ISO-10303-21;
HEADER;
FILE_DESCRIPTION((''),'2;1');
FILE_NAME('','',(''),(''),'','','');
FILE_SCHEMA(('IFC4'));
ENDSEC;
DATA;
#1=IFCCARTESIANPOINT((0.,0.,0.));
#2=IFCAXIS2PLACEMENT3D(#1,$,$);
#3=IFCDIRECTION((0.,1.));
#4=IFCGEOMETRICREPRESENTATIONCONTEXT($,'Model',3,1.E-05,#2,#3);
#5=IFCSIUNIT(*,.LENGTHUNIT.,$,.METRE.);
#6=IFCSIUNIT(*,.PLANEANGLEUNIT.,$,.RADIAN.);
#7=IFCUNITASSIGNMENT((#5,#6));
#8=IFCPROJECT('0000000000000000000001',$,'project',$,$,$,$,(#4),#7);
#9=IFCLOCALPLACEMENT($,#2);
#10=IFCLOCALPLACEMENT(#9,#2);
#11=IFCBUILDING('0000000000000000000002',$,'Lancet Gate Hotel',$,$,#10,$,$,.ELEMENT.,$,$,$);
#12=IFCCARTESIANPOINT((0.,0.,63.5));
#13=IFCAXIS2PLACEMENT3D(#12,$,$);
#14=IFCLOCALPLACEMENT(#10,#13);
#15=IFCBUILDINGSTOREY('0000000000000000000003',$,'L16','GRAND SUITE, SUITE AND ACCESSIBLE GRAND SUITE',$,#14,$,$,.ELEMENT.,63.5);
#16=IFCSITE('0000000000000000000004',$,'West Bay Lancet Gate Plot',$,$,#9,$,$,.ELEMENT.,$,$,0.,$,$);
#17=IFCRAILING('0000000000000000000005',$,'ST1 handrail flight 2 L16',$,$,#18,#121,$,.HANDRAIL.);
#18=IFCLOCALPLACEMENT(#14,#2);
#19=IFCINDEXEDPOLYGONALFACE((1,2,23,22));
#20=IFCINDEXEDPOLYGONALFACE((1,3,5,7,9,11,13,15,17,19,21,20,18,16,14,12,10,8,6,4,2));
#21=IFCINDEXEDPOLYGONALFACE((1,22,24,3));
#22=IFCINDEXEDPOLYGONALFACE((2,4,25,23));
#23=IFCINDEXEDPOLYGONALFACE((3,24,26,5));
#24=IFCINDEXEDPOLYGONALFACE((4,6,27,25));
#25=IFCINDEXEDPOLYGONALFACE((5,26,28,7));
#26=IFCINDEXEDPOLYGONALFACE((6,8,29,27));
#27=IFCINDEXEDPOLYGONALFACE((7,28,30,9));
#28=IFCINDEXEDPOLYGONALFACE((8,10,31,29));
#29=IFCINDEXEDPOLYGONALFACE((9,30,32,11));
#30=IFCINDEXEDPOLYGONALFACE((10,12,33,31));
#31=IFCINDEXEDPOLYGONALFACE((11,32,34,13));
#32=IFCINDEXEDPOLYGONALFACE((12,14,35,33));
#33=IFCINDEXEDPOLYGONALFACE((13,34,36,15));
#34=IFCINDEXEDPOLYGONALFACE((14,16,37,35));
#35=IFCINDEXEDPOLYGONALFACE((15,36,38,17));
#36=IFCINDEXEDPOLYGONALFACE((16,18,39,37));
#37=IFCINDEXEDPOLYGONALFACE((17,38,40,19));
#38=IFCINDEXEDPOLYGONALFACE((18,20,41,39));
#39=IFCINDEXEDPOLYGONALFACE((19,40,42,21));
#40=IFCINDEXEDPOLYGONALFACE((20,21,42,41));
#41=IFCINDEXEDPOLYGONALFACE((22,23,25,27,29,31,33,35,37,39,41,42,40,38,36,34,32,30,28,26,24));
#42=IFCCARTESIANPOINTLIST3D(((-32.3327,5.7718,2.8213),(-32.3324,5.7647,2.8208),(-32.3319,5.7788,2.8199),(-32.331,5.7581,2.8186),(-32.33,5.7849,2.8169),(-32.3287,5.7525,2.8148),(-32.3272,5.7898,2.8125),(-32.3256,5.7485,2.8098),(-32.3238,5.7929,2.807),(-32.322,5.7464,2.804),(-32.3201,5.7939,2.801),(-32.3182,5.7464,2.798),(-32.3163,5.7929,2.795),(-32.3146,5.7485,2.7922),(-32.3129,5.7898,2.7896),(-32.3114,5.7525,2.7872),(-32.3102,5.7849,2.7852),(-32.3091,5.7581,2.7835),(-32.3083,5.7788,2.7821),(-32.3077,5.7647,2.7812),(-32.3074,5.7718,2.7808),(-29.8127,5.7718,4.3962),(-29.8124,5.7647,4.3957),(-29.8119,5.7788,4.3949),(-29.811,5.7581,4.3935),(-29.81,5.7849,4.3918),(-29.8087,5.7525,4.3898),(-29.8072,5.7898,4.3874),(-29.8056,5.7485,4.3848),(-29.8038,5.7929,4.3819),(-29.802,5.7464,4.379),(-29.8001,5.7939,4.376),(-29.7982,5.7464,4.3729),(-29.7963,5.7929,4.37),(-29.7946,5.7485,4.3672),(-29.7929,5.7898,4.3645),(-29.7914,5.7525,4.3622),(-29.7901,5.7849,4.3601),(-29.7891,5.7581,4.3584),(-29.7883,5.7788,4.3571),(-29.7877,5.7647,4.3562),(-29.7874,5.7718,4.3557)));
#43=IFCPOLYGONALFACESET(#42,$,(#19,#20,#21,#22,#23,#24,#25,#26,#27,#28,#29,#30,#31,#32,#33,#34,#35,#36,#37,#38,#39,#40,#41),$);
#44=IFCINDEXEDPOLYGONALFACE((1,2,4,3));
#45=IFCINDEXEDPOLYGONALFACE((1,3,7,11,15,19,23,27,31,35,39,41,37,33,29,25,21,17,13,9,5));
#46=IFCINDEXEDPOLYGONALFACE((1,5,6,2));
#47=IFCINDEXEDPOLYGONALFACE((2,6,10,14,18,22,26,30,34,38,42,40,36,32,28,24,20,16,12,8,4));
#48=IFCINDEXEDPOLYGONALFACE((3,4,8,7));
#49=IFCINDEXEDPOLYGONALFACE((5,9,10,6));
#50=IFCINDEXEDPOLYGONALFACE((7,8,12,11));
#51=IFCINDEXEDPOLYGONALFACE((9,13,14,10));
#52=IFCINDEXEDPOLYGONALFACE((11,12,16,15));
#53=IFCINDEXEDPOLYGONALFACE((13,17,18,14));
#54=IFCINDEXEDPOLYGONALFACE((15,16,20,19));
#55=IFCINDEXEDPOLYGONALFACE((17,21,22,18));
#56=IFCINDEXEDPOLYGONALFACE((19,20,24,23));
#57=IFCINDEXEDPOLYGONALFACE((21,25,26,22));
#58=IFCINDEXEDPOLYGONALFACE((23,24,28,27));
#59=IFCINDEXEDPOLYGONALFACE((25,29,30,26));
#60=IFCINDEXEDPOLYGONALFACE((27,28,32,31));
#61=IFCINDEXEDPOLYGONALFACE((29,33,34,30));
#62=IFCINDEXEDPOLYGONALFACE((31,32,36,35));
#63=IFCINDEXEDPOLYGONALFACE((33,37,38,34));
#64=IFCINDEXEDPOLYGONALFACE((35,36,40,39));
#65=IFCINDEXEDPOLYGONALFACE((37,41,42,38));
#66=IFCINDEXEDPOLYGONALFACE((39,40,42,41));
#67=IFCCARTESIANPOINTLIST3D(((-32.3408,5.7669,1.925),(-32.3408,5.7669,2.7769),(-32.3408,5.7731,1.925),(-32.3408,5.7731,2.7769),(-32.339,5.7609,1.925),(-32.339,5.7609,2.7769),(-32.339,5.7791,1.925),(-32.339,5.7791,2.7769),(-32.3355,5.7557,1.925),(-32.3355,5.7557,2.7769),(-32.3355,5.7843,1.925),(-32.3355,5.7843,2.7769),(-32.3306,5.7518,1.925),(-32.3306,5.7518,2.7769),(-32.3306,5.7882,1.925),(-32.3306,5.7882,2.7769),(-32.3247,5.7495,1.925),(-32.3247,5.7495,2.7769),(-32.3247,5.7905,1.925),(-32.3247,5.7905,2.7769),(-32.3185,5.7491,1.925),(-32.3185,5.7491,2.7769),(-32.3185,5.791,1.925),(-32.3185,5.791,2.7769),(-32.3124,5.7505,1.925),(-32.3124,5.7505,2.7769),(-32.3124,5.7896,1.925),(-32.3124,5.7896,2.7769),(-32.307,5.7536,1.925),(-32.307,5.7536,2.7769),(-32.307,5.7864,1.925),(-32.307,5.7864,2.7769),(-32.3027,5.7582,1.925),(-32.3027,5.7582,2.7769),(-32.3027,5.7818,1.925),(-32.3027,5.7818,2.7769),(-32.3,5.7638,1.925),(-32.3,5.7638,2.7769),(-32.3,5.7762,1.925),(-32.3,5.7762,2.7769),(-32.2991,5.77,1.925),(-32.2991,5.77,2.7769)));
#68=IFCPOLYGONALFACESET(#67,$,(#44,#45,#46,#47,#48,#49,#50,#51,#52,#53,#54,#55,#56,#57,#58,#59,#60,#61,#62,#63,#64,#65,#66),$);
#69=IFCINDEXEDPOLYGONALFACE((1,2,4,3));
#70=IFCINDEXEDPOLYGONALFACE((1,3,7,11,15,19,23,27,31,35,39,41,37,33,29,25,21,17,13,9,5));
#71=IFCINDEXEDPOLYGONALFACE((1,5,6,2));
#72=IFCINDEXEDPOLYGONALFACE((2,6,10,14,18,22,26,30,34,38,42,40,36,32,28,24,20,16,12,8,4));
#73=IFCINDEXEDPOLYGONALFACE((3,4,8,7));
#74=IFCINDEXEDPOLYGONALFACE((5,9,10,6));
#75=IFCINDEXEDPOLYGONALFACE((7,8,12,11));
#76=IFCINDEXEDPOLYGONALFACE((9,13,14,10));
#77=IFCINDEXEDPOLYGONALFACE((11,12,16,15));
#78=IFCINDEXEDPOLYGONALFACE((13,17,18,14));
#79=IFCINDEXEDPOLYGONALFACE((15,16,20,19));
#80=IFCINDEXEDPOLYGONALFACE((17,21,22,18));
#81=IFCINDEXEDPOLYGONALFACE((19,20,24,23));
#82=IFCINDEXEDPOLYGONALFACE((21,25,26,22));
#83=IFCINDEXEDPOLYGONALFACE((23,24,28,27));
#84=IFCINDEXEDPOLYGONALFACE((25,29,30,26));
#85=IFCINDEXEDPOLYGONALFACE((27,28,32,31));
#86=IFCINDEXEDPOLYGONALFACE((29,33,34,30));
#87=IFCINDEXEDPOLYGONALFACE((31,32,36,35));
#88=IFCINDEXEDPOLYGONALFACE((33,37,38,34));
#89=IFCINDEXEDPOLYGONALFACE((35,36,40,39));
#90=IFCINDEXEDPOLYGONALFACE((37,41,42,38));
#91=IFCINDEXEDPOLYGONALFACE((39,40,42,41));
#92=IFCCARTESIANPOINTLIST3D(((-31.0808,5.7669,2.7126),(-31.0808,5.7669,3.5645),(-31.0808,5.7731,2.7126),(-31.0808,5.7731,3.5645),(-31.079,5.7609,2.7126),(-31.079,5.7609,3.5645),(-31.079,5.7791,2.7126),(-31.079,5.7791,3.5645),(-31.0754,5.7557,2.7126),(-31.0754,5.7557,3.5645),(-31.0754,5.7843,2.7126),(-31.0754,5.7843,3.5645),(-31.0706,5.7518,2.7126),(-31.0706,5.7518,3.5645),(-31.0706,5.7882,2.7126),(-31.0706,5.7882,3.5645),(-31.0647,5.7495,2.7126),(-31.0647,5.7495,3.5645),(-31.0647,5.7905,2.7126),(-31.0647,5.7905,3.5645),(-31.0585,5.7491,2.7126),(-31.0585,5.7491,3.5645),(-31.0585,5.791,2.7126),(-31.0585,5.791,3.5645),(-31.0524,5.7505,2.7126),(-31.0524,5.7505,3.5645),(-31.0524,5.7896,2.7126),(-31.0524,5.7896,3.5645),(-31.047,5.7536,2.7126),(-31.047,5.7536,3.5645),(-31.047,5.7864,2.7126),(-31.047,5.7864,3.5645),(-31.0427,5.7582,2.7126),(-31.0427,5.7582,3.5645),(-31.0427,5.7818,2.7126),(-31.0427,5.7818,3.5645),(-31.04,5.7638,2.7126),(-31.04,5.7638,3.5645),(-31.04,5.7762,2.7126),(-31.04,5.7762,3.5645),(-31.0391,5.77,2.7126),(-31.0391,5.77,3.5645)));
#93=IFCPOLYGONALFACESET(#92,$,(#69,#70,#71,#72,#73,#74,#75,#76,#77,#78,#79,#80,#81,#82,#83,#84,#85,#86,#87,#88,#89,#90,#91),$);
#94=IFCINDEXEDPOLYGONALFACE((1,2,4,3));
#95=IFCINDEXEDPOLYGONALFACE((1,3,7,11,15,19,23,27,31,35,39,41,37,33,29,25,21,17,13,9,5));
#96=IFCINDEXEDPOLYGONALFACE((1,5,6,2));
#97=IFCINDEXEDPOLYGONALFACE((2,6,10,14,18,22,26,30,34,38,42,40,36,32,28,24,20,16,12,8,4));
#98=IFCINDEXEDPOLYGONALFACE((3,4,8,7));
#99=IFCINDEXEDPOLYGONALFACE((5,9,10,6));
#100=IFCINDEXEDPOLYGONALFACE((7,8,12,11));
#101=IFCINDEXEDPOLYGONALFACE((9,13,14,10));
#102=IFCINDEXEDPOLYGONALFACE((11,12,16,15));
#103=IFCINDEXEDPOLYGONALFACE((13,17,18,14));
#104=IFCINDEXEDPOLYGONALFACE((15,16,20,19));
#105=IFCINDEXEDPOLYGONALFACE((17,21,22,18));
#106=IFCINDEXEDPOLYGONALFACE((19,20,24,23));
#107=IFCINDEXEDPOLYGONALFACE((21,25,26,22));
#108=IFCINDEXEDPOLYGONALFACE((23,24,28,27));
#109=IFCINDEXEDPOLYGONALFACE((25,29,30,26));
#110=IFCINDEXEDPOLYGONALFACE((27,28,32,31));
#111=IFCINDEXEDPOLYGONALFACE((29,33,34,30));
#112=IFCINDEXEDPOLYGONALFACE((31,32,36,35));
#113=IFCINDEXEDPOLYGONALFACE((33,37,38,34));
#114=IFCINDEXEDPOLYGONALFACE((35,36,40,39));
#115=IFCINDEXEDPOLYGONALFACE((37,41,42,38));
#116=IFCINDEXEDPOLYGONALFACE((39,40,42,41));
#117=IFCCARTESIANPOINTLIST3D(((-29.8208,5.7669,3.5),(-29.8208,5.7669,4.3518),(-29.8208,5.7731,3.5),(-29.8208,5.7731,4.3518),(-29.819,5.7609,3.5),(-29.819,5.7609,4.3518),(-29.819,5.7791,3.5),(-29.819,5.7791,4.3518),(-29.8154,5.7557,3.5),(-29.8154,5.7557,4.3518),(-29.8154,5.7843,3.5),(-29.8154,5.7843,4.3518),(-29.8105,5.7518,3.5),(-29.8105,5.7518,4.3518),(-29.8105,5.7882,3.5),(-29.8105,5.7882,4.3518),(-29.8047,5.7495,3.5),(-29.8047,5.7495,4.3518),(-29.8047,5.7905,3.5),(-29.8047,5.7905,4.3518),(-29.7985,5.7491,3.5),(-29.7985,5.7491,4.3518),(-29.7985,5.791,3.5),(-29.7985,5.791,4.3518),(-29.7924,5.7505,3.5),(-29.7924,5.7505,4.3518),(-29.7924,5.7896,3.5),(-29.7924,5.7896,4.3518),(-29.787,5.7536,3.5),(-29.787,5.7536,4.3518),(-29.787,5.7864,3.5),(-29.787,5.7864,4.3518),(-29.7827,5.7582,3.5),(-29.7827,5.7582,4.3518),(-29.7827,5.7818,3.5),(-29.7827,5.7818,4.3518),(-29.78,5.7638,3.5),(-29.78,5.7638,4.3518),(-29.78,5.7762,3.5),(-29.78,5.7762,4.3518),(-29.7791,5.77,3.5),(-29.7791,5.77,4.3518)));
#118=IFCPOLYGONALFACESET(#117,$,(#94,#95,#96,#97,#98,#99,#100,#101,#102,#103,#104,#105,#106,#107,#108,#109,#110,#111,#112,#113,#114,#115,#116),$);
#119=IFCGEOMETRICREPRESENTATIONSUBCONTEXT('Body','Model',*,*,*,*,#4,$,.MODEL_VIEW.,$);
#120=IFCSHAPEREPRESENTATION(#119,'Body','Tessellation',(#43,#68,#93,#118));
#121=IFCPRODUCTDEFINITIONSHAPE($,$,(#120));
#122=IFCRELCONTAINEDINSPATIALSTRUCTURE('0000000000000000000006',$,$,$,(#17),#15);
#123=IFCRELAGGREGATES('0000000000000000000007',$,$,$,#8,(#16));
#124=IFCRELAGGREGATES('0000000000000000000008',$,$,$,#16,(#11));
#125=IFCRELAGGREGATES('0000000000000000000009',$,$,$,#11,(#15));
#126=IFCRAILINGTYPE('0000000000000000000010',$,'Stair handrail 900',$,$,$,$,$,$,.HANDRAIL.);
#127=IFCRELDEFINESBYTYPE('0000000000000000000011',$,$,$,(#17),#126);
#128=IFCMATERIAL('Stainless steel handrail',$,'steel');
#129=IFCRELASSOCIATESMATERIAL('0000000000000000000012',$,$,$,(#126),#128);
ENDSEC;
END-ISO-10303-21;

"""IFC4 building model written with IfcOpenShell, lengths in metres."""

from ifc_helpers import new_model, si_unit, direction, frame, origin, origin_2d, place, context, subcontext, project, spatial, circle, extrude, material, type_object, element, save


model = new_model("IFC4")

# Units and contexts
model_context = context("Model", 3, precision=1e-05, world=origin(), true_north=direction((0.0, 1.0)))
body_context = subcontext(model_context, "Body", "Model", "MODEL_VIEW")
ifc_project = project(units=[si_unit("LENGTHUNIT", "METRE"), si_unit("PLANEANGLEUNIT", "RADIAN")], contexts=[model_context])

# Site, building, storey
site_placement = place(None, origin())
site = spatial("IfcSite", under=ifc_project, at=site_placement, Name="West Bay Lancet Gate Plot", CompositionType="ELEMENT", RefElevation=0.0)
building_placement = place(site_placement, origin())
building = spatial("IfcBuilding", under=site, at=building_placement, Name="Lancet Gate Hotel", CompositionType="ELEMENT")
storey_placement = place(building_placement, frame((0.0, 0.0, 63.5)))
storey = spatial("IfcBuildingStorey", under=building, at=storey_placement, Name="L16", Description="GRAND SUITE, SUITE AND ACCESSIBLE GRAND SUITE", CompositionType="ELEMENT", Elevation=63.5)

# Railing
ifc_material_1 = material(Name="Stainless steel handrail", Category="steel")
railing_type = type_object("IfcRailingType", Name="Stair handrail 900", PredefinedType="HANDRAIL", material=ifc_material_1)
railing_1_placement = place(storey_placement, frame((-32.3201, 5.77, 1.925)))
element("IfcRailing", 1, at=railing_1_placement, inside=storey, type_object=railing_type, Name="ST1 handrail flight 2 L16", PredefinedType="HANDRAIL", context=body_context, shape_type="SweptSolid", body=[
    extrude(circle(Radius=0.0239, at=origin_2d()), frame((0.0, 0.0, 0.876), z_axis=(0.848008, 0.0, 0.529984), x_axis=(0.0, 1.0, 0.0)), (0.0, 0.0, 1.0), 2.9717),
    extrude(circle(Radius=0.021, at=origin_2d()), origin(), (0.0, 0.0, 1.0), 0.8518),
    extrude(circle(Radius=0.021, at=origin_2d()), frame((1.26, 0.0, 0.7876)), (0.0, 0.0, 1.0), 0.8518),
    extrude(circle(Radius=0.021, at=origin_2d()), frame((2.52, 0.0, 1.575)), (0.0, 0.0, 1.0), 0.8518),
])

save(model, "model.ifc")
